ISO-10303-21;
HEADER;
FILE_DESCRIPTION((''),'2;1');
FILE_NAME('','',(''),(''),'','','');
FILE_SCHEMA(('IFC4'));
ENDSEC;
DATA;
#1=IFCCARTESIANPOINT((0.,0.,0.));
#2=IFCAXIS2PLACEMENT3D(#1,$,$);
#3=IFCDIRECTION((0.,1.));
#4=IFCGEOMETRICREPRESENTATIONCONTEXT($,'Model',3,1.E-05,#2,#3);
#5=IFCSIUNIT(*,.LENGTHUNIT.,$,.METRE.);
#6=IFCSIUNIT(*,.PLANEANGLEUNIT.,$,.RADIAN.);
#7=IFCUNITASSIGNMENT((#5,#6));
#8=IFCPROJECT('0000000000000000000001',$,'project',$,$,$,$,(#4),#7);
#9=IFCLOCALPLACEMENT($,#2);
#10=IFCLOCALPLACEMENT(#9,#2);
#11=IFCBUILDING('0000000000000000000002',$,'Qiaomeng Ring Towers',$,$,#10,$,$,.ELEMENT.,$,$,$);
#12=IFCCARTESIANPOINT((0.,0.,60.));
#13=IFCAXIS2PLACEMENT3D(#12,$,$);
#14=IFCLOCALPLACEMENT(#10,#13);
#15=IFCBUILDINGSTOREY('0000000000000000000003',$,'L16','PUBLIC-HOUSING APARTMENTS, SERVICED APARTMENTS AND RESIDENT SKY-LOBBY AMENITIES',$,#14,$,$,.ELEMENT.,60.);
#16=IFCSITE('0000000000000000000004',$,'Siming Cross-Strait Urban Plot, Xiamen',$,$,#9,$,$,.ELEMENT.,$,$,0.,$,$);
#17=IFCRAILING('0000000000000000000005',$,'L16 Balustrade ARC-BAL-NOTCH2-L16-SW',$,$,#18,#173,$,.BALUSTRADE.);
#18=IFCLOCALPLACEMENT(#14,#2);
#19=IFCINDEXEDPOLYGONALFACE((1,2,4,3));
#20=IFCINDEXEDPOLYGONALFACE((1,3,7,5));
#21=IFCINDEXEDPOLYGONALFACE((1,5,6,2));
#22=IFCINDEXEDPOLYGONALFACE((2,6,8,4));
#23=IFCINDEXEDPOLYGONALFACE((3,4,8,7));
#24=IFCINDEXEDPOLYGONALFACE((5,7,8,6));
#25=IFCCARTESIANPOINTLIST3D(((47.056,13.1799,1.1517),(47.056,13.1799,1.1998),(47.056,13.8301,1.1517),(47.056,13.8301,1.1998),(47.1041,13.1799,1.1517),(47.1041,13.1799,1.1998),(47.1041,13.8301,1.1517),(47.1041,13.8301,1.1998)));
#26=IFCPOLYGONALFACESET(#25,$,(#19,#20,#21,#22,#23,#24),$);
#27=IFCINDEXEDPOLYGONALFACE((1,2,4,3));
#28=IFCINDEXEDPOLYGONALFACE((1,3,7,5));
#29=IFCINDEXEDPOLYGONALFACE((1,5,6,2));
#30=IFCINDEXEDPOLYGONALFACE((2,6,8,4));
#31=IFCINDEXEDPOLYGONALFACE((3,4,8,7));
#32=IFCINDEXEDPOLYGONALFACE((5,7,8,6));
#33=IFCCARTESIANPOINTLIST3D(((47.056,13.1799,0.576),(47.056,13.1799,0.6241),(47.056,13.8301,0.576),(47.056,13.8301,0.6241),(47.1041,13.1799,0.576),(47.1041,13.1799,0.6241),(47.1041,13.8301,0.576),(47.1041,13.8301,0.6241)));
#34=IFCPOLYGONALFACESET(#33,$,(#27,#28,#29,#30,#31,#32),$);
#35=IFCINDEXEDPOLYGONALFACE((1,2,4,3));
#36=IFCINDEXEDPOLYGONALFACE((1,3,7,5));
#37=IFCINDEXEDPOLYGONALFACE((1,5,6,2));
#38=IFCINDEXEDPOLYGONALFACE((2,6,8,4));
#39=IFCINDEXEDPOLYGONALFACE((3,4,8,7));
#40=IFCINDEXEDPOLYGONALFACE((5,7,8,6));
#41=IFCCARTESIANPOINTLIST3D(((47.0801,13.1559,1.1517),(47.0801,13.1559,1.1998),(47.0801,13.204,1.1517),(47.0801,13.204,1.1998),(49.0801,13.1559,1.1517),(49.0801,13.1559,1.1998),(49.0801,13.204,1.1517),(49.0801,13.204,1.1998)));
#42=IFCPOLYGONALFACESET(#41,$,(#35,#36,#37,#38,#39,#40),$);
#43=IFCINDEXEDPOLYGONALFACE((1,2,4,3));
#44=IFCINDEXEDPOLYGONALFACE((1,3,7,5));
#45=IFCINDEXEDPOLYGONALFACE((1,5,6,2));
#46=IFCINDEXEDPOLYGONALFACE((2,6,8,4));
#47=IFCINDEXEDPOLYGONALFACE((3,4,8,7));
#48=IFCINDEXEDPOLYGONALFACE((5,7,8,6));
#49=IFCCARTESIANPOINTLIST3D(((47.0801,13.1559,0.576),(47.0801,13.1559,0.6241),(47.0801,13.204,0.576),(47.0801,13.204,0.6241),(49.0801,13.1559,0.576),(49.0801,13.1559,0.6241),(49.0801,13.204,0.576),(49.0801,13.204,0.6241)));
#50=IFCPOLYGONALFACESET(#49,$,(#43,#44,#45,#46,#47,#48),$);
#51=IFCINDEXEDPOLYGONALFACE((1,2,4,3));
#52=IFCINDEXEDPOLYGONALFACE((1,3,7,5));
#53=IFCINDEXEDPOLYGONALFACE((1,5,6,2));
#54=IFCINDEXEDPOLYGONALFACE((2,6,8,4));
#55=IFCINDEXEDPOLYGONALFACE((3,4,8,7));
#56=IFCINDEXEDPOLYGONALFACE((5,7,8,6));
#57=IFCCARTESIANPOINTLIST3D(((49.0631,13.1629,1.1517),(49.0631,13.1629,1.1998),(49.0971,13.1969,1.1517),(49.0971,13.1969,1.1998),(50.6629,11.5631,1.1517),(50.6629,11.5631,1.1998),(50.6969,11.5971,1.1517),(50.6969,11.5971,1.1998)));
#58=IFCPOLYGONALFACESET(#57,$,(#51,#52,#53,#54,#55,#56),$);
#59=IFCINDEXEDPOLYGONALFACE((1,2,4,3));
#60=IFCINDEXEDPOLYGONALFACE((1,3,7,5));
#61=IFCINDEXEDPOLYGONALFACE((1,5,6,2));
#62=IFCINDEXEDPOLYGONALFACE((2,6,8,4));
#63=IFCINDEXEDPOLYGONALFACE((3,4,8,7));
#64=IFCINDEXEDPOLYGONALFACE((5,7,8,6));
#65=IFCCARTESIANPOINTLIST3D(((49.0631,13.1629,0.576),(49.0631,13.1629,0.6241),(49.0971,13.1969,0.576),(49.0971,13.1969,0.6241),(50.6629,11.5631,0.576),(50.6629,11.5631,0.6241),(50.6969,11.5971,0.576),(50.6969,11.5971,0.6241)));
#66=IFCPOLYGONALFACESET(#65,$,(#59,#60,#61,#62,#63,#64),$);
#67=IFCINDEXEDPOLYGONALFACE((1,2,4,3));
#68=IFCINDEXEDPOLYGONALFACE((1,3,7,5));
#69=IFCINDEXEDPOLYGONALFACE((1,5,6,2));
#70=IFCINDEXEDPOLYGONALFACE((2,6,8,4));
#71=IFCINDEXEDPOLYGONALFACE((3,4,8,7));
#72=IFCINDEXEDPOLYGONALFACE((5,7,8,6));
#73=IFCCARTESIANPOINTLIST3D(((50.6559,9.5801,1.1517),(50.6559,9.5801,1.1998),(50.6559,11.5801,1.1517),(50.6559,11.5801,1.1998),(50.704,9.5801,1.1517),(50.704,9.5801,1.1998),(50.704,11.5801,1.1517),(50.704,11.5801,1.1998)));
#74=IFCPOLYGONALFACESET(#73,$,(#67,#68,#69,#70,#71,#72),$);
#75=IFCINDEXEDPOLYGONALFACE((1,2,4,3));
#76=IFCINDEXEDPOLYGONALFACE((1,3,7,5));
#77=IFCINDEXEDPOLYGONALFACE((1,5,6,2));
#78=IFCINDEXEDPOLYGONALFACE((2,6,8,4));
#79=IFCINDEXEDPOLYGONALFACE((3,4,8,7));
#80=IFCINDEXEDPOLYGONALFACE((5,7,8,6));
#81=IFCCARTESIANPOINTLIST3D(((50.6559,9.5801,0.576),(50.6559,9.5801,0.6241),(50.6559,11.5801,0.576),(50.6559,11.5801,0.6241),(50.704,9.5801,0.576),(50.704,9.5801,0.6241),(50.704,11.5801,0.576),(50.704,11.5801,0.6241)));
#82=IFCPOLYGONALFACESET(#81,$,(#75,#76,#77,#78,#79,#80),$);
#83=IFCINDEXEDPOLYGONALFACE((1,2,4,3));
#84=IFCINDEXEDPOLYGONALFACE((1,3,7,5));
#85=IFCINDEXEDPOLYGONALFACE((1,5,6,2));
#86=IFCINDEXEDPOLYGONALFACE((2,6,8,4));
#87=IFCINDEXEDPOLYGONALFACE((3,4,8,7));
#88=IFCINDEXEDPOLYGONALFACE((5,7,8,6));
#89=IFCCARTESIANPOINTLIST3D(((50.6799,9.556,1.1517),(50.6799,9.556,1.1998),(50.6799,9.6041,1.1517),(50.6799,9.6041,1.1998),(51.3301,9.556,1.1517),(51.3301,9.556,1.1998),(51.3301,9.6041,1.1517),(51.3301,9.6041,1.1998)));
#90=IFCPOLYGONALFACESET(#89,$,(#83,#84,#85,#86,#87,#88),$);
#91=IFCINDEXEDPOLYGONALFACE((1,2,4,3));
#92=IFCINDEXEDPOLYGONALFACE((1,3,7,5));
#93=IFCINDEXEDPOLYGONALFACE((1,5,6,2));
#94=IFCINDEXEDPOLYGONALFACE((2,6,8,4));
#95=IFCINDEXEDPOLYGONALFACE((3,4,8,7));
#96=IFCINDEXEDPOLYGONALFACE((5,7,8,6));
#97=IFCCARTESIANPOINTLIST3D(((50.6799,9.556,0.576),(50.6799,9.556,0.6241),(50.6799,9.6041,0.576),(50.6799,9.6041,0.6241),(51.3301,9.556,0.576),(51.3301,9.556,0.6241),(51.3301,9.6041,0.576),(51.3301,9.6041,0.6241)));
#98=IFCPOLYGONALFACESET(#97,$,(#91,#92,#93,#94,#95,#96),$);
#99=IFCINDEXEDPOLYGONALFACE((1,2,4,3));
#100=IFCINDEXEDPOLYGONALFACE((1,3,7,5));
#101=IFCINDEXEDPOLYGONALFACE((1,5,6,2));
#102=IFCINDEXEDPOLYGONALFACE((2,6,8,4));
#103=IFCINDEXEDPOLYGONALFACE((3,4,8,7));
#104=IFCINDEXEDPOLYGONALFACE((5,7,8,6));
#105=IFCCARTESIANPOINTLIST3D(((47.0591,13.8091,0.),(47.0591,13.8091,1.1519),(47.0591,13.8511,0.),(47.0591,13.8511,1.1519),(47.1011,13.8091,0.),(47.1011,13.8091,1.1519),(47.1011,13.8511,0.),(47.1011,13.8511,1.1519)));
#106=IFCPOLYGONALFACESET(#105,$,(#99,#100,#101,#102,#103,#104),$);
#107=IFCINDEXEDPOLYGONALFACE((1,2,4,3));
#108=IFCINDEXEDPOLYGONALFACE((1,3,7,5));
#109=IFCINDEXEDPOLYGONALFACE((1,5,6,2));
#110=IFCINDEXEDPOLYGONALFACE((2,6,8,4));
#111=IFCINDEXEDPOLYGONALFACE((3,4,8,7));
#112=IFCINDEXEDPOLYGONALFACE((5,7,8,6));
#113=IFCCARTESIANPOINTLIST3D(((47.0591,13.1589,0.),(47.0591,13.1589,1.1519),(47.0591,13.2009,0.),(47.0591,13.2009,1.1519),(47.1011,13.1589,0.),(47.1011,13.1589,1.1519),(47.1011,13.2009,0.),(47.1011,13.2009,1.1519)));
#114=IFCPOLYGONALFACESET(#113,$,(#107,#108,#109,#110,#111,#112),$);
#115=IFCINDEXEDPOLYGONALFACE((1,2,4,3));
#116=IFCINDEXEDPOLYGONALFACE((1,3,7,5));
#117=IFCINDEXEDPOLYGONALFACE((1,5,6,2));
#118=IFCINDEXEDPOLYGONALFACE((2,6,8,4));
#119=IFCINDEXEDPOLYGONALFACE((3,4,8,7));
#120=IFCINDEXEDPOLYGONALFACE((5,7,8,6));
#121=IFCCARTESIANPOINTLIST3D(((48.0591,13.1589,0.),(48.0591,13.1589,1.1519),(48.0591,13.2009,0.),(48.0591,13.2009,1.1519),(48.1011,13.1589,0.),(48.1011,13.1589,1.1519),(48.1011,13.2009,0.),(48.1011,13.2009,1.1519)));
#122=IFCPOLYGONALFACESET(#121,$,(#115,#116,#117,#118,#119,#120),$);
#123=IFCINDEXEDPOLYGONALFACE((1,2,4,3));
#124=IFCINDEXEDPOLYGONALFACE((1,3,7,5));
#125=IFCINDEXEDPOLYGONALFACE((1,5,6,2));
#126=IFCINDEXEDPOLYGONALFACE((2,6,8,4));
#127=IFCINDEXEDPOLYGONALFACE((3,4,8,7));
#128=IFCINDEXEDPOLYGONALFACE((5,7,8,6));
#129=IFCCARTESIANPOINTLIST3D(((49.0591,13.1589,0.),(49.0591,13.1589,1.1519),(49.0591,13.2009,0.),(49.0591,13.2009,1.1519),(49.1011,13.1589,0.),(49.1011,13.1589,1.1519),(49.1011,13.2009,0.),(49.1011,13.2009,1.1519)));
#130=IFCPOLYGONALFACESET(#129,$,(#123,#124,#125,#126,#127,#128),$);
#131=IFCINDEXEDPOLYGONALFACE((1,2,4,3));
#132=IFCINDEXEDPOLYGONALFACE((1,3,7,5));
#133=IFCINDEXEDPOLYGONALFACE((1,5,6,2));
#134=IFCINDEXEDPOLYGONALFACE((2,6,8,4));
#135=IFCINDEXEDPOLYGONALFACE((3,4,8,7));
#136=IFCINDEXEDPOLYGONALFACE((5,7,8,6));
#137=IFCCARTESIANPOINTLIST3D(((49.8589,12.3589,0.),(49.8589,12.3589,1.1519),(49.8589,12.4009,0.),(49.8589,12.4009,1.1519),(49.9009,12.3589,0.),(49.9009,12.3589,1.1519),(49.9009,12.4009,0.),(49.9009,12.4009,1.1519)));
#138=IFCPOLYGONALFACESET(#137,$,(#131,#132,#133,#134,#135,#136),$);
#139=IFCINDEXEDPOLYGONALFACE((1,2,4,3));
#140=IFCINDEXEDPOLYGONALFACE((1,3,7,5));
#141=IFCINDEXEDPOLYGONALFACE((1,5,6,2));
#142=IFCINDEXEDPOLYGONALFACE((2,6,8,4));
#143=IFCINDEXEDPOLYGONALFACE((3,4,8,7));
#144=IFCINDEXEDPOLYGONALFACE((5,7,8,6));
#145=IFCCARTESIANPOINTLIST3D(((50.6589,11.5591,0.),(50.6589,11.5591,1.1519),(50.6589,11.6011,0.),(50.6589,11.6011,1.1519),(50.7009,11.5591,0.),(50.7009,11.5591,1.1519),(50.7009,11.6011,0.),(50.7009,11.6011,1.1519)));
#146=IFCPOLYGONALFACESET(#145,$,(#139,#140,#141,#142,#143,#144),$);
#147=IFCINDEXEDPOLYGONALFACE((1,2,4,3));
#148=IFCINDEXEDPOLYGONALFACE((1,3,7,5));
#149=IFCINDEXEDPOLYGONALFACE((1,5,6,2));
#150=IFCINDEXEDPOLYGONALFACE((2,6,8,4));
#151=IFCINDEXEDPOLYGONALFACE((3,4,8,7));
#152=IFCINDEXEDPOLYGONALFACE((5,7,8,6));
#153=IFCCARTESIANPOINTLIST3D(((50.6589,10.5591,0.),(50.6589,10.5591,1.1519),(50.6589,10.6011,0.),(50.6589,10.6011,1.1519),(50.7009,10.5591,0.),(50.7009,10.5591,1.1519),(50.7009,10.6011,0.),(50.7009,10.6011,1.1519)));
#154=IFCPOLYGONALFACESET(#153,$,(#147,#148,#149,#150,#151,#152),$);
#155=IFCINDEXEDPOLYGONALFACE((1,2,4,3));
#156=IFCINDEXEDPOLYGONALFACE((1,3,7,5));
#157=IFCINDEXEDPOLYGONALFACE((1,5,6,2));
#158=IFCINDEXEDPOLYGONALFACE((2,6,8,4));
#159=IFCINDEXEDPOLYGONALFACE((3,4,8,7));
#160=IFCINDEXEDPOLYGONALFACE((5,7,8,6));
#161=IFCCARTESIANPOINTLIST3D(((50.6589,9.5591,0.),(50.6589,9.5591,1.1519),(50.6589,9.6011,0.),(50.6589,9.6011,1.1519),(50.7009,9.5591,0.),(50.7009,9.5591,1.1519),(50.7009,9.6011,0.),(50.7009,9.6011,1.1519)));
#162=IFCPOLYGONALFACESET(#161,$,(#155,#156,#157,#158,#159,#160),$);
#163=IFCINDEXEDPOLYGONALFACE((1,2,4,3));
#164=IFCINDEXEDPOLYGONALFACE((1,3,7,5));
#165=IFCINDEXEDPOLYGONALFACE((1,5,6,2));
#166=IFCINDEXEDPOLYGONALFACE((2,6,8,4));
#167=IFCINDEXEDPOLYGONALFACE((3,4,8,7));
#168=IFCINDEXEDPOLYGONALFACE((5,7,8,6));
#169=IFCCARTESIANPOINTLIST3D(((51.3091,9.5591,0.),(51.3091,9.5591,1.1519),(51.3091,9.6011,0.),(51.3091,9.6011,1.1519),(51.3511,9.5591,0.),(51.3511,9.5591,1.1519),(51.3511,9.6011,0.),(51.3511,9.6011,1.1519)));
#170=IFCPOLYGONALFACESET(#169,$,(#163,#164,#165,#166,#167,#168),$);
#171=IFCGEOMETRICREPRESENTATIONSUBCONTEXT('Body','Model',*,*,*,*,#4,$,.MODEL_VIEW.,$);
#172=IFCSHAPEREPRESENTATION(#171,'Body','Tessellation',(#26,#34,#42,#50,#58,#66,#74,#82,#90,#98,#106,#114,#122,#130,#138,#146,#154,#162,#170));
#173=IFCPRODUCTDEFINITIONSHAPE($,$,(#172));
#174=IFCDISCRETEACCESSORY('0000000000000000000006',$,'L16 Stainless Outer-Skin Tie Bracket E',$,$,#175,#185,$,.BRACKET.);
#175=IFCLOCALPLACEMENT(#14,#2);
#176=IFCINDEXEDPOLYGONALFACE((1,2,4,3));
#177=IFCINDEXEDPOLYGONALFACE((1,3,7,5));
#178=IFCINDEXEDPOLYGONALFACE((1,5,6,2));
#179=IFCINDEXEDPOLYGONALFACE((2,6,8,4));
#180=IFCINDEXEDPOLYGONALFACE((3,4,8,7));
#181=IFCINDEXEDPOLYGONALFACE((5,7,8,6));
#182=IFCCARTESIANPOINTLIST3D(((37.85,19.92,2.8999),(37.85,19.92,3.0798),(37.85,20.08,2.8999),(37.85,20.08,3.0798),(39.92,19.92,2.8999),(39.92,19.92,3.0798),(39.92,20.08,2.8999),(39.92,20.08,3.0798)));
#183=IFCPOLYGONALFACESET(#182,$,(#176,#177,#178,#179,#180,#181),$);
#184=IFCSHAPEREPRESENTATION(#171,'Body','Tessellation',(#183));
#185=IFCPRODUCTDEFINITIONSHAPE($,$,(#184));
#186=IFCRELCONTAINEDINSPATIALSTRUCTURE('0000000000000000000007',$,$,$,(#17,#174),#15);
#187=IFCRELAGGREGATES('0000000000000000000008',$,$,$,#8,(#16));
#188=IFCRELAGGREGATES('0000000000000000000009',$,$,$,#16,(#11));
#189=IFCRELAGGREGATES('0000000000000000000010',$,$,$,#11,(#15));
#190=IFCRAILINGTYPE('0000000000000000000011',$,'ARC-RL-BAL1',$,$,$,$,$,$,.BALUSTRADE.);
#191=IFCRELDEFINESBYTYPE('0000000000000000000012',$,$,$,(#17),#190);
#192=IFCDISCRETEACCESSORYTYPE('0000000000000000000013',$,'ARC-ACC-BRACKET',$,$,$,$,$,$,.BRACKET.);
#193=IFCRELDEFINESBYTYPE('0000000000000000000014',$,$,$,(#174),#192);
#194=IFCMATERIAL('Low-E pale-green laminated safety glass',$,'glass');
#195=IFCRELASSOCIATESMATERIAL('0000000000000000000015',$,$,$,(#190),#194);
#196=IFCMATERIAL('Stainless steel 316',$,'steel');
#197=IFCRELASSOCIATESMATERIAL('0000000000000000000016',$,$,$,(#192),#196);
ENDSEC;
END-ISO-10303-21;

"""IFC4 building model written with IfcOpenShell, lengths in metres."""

from ifc_helpers import new_model, si_unit, direction, frame, origin, origin_2d, place, context, subcontext, project, spatial, rectangle, extrude, source, transform, mapped, material, type_object, element, save


model = new_model("IFC4")

# Units and contexts
model_context = context("Model", 3, precision=1e-05, world=origin(), true_north=direction((0.0, 1.0)))
body_context = subcontext(model_context, "Body", "Model", "MODEL_VIEW")
ifc_project = project(units=[si_unit("LENGTHUNIT", "METRE"), si_unit("PLANEANGLEUNIT", "RADIAN")], contexts=[model_context])

# Site, building, storey
site_placement = place(None, origin())
site = spatial("IfcSite", under=ifc_project, at=site_placement, Name="Siming Cross-Strait Urban Plot, Xiamen", CompositionType="ELEMENT", RefElevation=0.0)
building_placement = place(site_placement, origin())
building = spatial("IfcBuilding", under=site, at=building_placement, Name="Qiaomeng Ring Towers", CompositionType="ELEMENT")
storey_placement = place(building_placement, frame((0.0, 0.0, 60.0)))
storey = spatial("IfcBuildingStorey", under=building, at=storey_placement, Name="L16", Description="PUBLIC-HOUSING APARTMENTS, SERVICED APARTMENTS AND RESIDENT SKY-LOBBY AMENITIES", CompositionType="ELEMENT", Elevation=60.0)

# Shared definitions
ifc_material_1 = material(Name="Stainless steel 316", Category="steel")

# Railing
ifc_material_2 = material(Name="Low-E pale-green laminated safety glass", Category="glass")
railing_type = type_object("IfcRailingType", Name="ARC-RL-BAL1", PredefinedType="BALUSTRADE", material=ifc_material_2)
railing_1_placement = place(storey_placement, frame((47.0801, 13.8301, 0.0)))
element("IfcRailing", 1, at=railing_1_placement, inside=storey, type_object=railing_type, Name="L16 Balustrade ARC-BAL-NOTCH2-L16-SW", PredefinedType="BALUSTRADE", context=body_context, shape_type="SweptSolid", body=[
    extrude(rectangle(XDim=0.0481, YDim=0.0481, at=origin_2d()), frame((0.0, 0.0, 1.1758), z_axis=(0.0, -1.0, 0.0), x_axis=(1.0, 0.0, 0.0)), (0.0, 0.0, 1.0), 0.6501),
    extrude(rectangle(XDim=0.0481, YDim=0.0481, at=origin_2d()), frame((0.0, 0.0, 0.6001), z_axis=(0.0, -1.0, 0.0), x_axis=(1.0, 0.0, 0.0)), (0.0, 0.0, 1.0), 0.6501),
    extrude(rectangle(XDim=0.0481, YDim=0.0481, at=origin_2d()), frame((0.0, -0.6501, 1.1758), z_axis=(1.0, 0.0, 0.0), x_axis=(0.0, 1.0, 0.0)), (0.0, 0.0, 1.0), 2.0),
    extrude(rectangle(XDim=0.0481, YDim=0.0481, at=origin_2d()), frame((0.0, -0.6501, 0.6001), z_axis=(1.0, 0.0, 0.0), x_axis=(0.0, 1.0, 0.0)), (0.0, 0.0, 1.0), 2.0),
    extrude(rectangle(XDim=0.0481, YDim=0.0481, at=origin_2d()), frame((2.0, -0.6501, 1.1758), z_axis=(0.707107, -0.707107, 0.0), x_axis=(0.707107, 0.707107, 0.0)), (0.0, 0.0, 1.0), 2.2625),
    extrude(rectangle(XDim=0.0481, YDim=0.0481, at=origin_2d()), frame((2.0, -0.6501, 0.6001), z_axis=(0.707107, -0.707107, 0.0), x_axis=(0.707107, 0.707107, 0.0)), (0.0, 0.0, 1.0), 2.2625),
    extrude(rectangle(XDim=0.0481, YDim=0.0481, at=origin_2d()), frame((3.5999, -2.25, 1.1758), z_axis=(0.0, -1.0, 0.0), x_axis=(1.0, 0.0, 0.0)), (0.0, 0.0, 1.0), 2.0),
    extrude(rectangle(XDim=0.0481, YDim=0.0481, at=origin_2d()), frame((3.5999, -2.25, 0.6001), z_axis=(0.0, -1.0, 0.0), x_axis=(1.0, 0.0, 0.0)), (0.0, 0.0, 1.0), 2.0),
    extrude(rectangle(XDim=0.0481, YDim=0.0481, at=origin_2d()), frame((3.5999, -4.25, 1.1758), z_axis=(1.0, 0.0, 0.0), x_axis=(0.0, 1.0, 0.0)), (0.0, 0.0, 1.0), 0.6501),
    extrude(rectangle(XDim=0.0481, YDim=0.0481, at=origin_2d()), frame((3.5999, -4.25, 0.6001), z_axis=(1.0, 0.0, 0.0), x_axis=(0.0, 1.0, 0.0)), (0.0, 0.0, 1.0), 0.6501),
    extrude(rectangle(XDim=0.042, YDim=0.042, at=origin_2d()), origin(), (0.0, 0.0, 1.0), 1.1519),
    extrude(rectangle(XDim=0.042, YDim=0.042, at=origin_2d()), frame((0.0, -0.6501, 0.0)), (0.0, 0.0, 1.0), 1.1519),
    extrude(rectangle(XDim=0.042, YDim=0.042, at=origin_2d()), frame((1.0, -0.6501, 0.0)), (0.0, 0.0, 1.0), 1.1519),
    extrude(rectangle(XDim=0.042, YDim=0.042, at=origin_2d()), frame((2.0, -0.6501, 0.0)), (0.0, 0.0, 1.0), 1.1519),
    extrude(rectangle(XDim=0.042, YDim=0.042, at=origin_2d()), frame((2.7998, -1.4502, 0.0)), (0.0, 0.0, 1.0), 1.1519),
    extrude(rectangle(XDim=0.042, YDim=0.042, at=origin_2d()), frame((3.5999, -2.25, 0.0)), (0.0, 0.0, 1.0), 1.1519),
    extrude(rectangle(XDim=0.042, YDim=0.042, at=origin_2d()), frame((3.5999, -3.25, 0.0)), (0.0, 0.0, 1.0), 1.1519),
    extrude(rectangle(XDim=0.042, YDim=0.042, at=origin_2d()), frame((3.5999, -4.25, 0.0)), (0.0, 0.0, 1.0), 1.1519),
    extrude(rectangle(XDim=0.042, YDim=0.042, at=origin_2d()), frame((4.25, -4.25, 0.0)), (0.0, 0.0, 1.0), 1.1519),
])

# Discrete accessory
discrete_accessory_type = type_object("IfcDiscreteAccessoryType", Name="ARC-ACC-BRACKET", PredefinedType="BRACKET", material=ifc_material_1)
shared_shape_1 = source(origin(), body_context, "Body", "SweptSolid", [
    extrude(rectangle(XDim=2.0701, YDim=0.1599, at=origin_2d()), origin(), (0.0, 0.0, 1.0), 0.1799),
])
discrete_accessory_placement = place(storey_placement, frame((38.885, 20.0, 2.8999), z_axis=(0.0, 0.0, 1.0), x_axis=(1.0, 0.0, 0.0)))
element("IfcDiscreteAccessory", 2, at=discrete_accessory_placement, inside=storey, type_object=discrete_accessory_type, Name="L16 Stainless Outer-Skin Tie Bracket E", PredefinedType="BRACKET", context=body_context, shape_type="MappedRepresentation", body=[
    mapped(shared_shape_1, transform((0.0, 0.0, 0.0), x_axis=(1.0, 0.0, 0.0), y_axis=(0.0, 1.0, 0.0), z_axis=(0.0, 0.0, 1.0), scale=1.0)),
])

save(model, "model.ifc")
